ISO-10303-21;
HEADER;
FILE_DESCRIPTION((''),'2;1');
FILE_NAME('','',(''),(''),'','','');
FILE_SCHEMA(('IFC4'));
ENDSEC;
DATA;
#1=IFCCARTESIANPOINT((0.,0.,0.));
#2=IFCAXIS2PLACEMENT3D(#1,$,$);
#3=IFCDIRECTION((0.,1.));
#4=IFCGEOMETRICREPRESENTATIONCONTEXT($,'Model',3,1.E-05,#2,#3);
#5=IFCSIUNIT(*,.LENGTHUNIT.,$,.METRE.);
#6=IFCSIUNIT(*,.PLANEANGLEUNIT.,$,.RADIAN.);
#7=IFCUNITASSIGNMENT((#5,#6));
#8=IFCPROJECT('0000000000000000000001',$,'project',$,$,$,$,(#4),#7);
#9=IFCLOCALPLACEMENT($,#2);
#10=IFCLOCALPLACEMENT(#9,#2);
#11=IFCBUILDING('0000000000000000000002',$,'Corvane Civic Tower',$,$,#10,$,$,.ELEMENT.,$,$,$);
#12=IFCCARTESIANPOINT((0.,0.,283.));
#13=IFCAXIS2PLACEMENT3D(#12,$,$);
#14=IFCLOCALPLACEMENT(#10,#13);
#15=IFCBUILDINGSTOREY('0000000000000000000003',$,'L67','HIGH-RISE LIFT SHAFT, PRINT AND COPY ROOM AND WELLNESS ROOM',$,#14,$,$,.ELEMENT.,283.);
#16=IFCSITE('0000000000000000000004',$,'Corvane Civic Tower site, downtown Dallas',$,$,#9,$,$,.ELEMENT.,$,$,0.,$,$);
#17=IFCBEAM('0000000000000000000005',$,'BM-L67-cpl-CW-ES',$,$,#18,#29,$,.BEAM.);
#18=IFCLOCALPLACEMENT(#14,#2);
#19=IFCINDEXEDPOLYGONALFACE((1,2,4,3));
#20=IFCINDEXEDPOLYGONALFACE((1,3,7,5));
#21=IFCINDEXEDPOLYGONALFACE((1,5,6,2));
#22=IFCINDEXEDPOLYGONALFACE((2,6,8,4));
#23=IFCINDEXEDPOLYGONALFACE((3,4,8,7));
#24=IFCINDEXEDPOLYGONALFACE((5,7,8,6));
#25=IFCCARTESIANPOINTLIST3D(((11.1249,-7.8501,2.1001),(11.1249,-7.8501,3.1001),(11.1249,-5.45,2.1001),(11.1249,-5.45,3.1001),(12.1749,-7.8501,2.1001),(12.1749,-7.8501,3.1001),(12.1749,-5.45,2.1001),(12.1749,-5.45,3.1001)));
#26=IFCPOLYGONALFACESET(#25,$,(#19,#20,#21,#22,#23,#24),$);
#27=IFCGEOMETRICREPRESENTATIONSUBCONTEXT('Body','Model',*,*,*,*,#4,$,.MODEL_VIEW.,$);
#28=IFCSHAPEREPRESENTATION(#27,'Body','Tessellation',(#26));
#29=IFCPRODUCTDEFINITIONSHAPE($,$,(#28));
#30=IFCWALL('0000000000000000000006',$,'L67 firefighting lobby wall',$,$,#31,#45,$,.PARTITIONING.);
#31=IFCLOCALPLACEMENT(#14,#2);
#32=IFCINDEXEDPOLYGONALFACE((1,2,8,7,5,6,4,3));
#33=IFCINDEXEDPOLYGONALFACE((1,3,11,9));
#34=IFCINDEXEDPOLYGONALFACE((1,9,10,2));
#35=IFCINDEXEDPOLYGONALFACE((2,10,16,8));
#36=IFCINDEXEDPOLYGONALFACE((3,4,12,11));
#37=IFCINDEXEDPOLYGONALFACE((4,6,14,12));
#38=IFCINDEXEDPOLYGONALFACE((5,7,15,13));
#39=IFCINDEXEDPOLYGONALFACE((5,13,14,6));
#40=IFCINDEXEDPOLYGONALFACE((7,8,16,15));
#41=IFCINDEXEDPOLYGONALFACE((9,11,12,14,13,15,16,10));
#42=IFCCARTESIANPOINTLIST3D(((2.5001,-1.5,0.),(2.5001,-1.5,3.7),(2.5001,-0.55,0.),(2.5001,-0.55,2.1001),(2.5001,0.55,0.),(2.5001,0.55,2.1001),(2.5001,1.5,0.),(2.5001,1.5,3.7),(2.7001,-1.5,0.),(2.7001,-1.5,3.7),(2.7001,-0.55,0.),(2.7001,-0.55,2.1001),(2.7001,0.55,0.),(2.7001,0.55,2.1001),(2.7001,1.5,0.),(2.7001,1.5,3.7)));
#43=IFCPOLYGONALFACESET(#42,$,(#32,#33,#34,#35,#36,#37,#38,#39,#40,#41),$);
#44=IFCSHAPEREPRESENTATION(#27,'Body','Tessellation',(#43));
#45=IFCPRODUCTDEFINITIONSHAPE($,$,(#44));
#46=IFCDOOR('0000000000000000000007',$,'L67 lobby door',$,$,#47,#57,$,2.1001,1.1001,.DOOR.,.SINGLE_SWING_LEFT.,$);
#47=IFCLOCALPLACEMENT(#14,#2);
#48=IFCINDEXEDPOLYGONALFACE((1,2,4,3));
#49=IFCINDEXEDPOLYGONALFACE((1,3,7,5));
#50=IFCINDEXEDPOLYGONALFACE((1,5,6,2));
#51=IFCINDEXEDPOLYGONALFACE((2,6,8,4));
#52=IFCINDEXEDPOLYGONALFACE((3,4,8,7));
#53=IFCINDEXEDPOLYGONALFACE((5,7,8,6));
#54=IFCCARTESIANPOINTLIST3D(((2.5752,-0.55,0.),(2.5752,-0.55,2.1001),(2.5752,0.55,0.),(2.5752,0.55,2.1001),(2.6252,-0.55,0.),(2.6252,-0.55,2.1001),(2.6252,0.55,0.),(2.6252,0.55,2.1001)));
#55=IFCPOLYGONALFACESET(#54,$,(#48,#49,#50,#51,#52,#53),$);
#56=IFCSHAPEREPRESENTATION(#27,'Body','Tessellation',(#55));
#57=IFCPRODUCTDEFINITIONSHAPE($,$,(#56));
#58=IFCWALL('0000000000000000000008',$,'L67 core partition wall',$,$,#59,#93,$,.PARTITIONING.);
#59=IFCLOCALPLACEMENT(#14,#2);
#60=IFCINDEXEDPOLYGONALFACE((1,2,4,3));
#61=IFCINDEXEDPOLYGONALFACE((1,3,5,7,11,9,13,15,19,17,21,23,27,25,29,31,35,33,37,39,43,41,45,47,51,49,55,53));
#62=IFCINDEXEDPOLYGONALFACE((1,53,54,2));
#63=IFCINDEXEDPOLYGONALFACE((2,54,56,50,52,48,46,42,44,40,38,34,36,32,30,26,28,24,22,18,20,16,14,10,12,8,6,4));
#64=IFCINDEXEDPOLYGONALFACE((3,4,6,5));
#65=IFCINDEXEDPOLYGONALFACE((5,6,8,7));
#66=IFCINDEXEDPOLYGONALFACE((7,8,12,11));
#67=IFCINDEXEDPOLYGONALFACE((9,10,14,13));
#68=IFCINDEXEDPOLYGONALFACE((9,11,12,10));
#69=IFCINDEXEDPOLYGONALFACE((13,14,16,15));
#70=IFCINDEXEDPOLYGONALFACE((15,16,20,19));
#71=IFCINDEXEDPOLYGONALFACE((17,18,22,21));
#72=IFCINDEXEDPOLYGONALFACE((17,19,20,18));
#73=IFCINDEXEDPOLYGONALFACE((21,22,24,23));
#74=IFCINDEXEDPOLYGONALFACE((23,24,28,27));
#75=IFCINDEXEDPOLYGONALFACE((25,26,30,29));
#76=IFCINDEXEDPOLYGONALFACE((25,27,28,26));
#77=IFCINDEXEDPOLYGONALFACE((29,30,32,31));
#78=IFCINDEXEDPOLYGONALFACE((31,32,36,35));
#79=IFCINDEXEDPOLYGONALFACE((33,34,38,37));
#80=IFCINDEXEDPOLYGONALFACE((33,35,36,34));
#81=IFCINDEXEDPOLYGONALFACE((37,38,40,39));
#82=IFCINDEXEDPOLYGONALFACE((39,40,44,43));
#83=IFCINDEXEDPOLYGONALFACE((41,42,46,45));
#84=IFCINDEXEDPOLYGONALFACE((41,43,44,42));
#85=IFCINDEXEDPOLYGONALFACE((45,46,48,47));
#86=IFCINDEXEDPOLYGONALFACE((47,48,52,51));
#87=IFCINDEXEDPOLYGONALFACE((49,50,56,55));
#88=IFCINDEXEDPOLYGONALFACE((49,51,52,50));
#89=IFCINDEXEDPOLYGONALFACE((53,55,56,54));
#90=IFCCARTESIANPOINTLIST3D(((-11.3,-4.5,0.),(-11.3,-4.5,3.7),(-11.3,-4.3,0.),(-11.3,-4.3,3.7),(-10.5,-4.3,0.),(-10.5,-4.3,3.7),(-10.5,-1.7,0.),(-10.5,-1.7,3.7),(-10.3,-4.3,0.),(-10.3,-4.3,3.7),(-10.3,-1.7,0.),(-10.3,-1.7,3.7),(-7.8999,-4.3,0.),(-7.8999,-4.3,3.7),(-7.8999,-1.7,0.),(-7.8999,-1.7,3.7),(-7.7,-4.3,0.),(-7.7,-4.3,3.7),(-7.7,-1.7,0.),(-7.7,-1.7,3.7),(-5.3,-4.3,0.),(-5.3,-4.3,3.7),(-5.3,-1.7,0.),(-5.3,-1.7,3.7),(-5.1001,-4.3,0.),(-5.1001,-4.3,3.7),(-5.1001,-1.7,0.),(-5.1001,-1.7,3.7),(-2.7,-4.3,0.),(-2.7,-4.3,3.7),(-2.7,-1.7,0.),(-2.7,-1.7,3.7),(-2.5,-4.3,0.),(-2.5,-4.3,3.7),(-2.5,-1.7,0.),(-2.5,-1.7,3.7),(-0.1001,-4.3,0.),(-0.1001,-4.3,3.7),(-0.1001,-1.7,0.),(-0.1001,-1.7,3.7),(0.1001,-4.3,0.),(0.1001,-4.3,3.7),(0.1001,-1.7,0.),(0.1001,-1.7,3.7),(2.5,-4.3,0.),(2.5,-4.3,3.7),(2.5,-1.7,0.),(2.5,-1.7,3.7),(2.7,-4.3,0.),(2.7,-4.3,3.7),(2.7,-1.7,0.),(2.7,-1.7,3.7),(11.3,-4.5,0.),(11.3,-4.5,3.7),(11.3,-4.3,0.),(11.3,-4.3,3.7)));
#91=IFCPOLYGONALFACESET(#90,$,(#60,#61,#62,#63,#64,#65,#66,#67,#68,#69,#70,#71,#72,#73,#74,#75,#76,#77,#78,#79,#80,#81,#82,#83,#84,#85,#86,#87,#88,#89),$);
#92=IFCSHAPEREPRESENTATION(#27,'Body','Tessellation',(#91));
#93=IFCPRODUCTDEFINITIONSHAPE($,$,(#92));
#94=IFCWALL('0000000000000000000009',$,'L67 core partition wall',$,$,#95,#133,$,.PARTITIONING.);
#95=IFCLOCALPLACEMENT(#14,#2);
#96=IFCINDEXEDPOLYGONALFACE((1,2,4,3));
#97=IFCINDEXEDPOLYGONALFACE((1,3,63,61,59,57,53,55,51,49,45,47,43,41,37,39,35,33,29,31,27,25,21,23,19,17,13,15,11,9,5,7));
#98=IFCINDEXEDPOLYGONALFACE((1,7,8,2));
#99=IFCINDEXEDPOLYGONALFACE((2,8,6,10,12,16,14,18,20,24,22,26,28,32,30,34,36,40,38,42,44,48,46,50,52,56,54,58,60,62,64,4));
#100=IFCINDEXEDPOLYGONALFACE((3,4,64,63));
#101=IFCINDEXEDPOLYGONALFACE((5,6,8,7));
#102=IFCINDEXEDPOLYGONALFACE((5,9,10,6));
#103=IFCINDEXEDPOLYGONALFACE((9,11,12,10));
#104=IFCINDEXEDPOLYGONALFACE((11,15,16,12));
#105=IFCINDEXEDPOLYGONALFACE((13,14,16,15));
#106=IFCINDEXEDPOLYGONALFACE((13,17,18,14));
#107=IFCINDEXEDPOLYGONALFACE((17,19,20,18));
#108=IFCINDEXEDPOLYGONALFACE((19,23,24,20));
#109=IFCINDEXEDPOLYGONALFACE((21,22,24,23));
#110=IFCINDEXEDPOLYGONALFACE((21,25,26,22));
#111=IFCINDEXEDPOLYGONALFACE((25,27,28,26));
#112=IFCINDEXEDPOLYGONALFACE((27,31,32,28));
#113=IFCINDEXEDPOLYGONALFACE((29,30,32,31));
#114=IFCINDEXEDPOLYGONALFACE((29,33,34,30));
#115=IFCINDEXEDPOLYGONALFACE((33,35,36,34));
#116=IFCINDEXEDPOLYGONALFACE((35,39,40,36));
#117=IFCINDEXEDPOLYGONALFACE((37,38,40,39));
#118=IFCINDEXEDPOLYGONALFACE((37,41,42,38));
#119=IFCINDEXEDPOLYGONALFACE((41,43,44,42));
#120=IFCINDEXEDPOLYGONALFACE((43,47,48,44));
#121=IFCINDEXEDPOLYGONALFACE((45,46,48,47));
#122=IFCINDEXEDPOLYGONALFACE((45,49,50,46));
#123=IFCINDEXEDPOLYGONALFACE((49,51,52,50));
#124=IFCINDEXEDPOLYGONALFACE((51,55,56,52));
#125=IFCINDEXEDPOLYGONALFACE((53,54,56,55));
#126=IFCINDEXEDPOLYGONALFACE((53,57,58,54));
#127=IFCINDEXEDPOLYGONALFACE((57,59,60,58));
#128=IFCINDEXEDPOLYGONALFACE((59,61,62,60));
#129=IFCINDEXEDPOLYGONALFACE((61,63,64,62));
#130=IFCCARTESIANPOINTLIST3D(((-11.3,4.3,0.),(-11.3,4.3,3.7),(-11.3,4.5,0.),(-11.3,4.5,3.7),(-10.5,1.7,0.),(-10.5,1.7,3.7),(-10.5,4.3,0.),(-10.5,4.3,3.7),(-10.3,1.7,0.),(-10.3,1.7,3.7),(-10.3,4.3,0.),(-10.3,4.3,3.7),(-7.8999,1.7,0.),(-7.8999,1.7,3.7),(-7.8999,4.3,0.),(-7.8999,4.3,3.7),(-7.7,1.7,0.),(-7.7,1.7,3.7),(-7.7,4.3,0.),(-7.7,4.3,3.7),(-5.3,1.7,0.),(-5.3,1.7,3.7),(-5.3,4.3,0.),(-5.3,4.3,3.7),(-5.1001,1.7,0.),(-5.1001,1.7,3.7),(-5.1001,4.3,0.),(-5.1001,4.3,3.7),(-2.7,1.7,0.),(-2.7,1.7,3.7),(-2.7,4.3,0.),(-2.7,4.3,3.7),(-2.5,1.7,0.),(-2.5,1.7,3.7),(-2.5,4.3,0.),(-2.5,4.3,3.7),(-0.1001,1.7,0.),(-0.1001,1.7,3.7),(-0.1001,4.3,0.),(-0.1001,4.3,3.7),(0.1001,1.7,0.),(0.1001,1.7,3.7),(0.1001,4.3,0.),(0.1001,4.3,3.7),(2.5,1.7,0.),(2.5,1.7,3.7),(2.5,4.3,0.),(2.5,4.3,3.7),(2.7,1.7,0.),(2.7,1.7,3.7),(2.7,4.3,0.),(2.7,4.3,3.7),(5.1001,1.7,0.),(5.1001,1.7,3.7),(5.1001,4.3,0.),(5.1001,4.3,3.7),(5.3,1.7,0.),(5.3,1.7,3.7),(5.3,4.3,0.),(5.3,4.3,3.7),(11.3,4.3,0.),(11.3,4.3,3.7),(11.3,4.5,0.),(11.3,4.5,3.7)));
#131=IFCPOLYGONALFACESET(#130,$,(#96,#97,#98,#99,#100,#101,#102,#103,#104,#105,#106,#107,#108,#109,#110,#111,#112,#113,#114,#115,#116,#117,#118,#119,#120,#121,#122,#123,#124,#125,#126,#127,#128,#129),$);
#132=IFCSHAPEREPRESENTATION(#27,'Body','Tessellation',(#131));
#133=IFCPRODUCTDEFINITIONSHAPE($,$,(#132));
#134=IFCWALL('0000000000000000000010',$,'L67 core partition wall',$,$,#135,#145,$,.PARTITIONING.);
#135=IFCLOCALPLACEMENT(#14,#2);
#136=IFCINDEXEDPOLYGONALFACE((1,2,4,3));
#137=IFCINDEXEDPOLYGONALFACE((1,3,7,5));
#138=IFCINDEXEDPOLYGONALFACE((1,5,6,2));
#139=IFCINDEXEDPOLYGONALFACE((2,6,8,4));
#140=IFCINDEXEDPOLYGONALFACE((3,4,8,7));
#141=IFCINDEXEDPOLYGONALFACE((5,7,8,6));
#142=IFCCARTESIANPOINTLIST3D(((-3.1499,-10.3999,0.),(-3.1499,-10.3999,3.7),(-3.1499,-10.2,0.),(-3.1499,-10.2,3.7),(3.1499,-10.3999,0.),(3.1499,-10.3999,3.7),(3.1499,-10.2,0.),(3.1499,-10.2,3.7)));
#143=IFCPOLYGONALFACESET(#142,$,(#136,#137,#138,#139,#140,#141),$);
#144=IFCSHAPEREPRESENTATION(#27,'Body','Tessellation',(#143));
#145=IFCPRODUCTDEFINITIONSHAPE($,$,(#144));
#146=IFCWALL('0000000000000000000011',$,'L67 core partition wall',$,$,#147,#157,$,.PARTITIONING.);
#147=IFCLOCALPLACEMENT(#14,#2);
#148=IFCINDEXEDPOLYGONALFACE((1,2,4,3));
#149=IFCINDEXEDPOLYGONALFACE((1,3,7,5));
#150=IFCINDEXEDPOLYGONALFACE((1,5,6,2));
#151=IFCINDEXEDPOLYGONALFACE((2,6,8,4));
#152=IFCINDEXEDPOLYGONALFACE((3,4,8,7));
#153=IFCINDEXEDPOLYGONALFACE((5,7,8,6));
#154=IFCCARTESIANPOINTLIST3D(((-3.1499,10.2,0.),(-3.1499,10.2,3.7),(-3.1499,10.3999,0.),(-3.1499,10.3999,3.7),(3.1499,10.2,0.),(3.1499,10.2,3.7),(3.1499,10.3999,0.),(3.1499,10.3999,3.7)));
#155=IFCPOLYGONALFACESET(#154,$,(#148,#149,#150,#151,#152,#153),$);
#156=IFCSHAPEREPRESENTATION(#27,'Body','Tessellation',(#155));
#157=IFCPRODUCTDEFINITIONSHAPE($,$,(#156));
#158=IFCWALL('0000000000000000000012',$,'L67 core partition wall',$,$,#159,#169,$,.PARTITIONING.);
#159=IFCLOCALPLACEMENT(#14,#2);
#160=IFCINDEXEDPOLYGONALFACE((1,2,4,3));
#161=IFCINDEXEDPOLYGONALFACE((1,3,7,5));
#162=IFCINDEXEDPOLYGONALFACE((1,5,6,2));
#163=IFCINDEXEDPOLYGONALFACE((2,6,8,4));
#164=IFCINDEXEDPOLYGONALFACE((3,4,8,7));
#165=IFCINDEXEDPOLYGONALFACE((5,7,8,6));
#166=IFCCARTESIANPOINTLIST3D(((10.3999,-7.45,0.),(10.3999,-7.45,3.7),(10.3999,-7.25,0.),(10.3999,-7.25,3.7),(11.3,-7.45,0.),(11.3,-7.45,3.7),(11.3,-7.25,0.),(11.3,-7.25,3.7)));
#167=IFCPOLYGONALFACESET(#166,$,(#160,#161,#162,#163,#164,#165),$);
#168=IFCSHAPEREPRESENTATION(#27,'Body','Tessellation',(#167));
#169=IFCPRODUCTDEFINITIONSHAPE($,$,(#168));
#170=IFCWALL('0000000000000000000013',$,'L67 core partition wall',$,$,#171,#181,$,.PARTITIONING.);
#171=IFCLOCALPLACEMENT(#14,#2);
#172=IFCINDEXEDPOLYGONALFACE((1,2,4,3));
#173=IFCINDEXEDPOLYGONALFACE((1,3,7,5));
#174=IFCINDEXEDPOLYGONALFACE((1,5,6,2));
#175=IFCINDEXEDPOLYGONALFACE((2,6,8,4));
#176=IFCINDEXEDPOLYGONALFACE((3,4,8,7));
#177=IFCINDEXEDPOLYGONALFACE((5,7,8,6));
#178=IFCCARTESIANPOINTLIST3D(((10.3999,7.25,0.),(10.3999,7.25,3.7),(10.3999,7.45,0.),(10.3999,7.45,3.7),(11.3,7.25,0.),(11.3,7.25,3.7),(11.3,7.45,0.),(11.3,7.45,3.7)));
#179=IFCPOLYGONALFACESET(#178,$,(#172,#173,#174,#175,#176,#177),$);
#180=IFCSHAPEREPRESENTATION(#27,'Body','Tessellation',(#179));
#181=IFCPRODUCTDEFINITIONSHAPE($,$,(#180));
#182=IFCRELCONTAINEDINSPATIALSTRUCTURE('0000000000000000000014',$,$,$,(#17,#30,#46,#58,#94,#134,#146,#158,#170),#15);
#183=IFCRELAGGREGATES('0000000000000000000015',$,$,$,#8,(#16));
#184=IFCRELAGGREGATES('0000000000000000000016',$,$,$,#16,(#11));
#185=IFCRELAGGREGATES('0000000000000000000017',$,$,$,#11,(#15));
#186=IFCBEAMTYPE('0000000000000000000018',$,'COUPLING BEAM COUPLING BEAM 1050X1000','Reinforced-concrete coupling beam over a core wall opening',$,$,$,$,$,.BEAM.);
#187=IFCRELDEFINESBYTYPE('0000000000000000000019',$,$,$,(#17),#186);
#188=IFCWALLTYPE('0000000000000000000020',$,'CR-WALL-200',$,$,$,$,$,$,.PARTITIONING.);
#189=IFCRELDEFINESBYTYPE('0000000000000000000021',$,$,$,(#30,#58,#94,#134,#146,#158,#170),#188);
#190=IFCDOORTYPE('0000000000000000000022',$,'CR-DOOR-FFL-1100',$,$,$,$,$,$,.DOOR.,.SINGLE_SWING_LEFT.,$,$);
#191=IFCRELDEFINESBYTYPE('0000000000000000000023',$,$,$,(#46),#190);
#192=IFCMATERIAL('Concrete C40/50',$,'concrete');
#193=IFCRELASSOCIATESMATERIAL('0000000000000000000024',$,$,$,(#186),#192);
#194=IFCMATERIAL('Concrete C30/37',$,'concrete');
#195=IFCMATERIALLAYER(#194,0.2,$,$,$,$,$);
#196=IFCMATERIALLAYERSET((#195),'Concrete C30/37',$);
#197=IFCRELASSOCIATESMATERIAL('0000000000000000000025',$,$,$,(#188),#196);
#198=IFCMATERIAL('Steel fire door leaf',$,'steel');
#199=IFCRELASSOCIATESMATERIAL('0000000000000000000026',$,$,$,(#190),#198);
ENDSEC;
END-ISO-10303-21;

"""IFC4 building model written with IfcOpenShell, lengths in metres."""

from ifc_helpers import new_model, si_unit, direction, frame, frame_2d, origin, origin_2d, place, context, subcontext, project, spatial, polyline, rectangle, outline, extrude, material, layer, layer_set, material_profile, profile_set, type_object, element, fill, save


model = new_model("IFC4")

# Units and contexts
model_context = context("Model", 3, precision=1e-05, world=origin(), true_north=direction((0.0, 1.0)))
body_context = subcontext(model_context, "Body", "Model", "MODEL_VIEW")
ifc_project = project(units=[si_unit("LENGTHUNIT", "METRE"), si_unit("PLANEANGLEUNIT", "RADIAN")], contexts=[model_context])

# Site, building, storey
site_placement = place(None, origin())
site = spatial("IfcSite", under=ifc_project, at=site_placement, Name="Corvane Civic Tower site, downtown Dallas", CompositionType="ELEMENT", RefElevation=0.0)
building_placement = place(site_placement, origin())
building = spatial("IfcBuilding", under=site, at=building_placement, Name="Corvane Civic Tower", CompositionType="ELEMENT")
storey_placement = place(building_placement, frame((0.0, 0.0, 283.0)))
storey = spatial("IfcBuildingStorey", under=building, at=storey_placement, Name="L67", Description="HIGH-RISE LIFT SHAFT, PRINT AND COPY ROOM AND WELLNESS ROOM", CompositionType="ELEMENT", Elevation=283.0)

# Beam
ifc_material_1 = material(Name="Concrete C40/50", Category="concrete")
ifc_material_profile = material_profile(ifc_material_1, rectangle(XDim=1.05, YDim=1.0, at=origin_2d()), Name="COUPLING BEAM 1050X1000")
ifc_profile_set = profile_set([ifc_material_profile], Name="Concrete C40/50")
beam_type = type_object("IfcBeamType", Name="COUPLING BEAM COUPLING BEAM 1050X1000", Description="Reinforced-concrete coupling beam over a core wall opening", PredefinedType="BEAM", material=ifc_profile_set)
beam_placement = place(storey_placement, frame((11.6499, -7.8501, 2.6001), z_axis=(0.0, 1.0, 0.0), x_axis=(-1.0, 0.0, 0.0)))
element("IfcBeam", 1, at=beam_placement, inside=storey, type_object=beam_type, Name="BM-L67-cpl-CW-ES", PredefinedType="BEAM", context=body_context, shape_type="SweptSolid", body=[
    extrude(rectangle(XDim=1.05, YDim=1.0, at=origin_2d()), origin(), (0.0, 0.0, 1.0), 2.4001),
])

# Wall, opening, door
ifc_material_2 = material(Name="Concrete C30/37", Category="concrete")
ifc_layer_1 = layer(ifc_material_2, 0.2)
ifc_layer_set_1 = layer_set([ifc_layer_1], Name="Concrete C30/37")
wall_type_1 = type_object("IfcWallType", Name="CR-WALL-200", PredefinedType="PARTITIONING", material=ifc_layer_set_1)
wall_1_placement = place(storey_placement, frame((2.6001, -1.5, 0.0), z_axis=(0.0, 0.0, 1.0), x_axis=(0.0, 1.0, 0.0)))
wall_1 = element("IfcWall", 2, at=wall_1_placement, inside=storey, type_object=wall_type_1, Name="L67 firefighting lobby wall", PredefinedType="PARTITIONING", context=body_context, shape_type="SweptSolid", body=[
    extrude(rectangle(XDim=3.0, YDim=0.2, at=frame_2d((1.5, 0.0))), origin(), (0.0, 0.0, 1.0), 3.7),
])
opening_1_placement = place(wall_1_placement, frame((0.95, 0.0, 0.0)))
opening_1 = element("IfcOpeningElement", 3, at=opening_1_placement, cuts=wall_1, PredefinedType="OPENING", context=body_context, shape_type="SweptSolid", body=[
    extrude(rectangle(XDim=1.1001, YDim=2.1001, at=frame_2d((0.55, 1.05))), frame((0.0, 0.1099, 0.0), z_axis=(0.0, -1.0, 0.0), x_axis=(1.0, 0.0, 0.0)), (0.0, 0.0, 1.0), 0.22),
])
ifc_material_3 = material(Name="Steel fire door leaf", Category="steel")
door_type_1 = type_object("IfcDoorType", Name="CR-DOOR-FFL-1100", OperationType="SINGLE_SWING_LEFT", PredefinedType="DOOR", material=ifc_material_3)
door_1_placement = place(opening_1_placement, origin())
door_1 = element("IfcDoor", 4, at=door_1_placement, inside=storey, type_object=door_type_1, Name="L67 lobby door", OperationType="SINGLE_SWING_LEFT", OverallHeight=2.1001, OverallWidth=1.1001, PredefinedType="DOOR", context=body_context, shape_type="SweptSolid", body=[
    extrude(rectangle(XDim=1.1001, YDim=2.1001, at=frame_2d((0.55, 1.05))), frame((0.0, 0.0249, 0.0), z_axis=(0.0, -1.0, 0.0), x_axis=(1.0, 0.0, 0.0)), (0.0, 0.0, 1.0), 0.05),
])
fill(opening_1, door_1)

# Walls
wall_2_placement = place(storey_placement, origin())
element("IfcWall", 5, at=wall_2_placement, inside=storey, type_object=wall_type_1, Name="L67 core partition wall", PredefinedType="PARTITIONING", context=body_context, shape_type="SweptSolid", body=[
    extrude(outline(polyline([(-10.3, -1.7), (-10.3, -4.3), (-7.8999, -4.3), (-7.8999, -1.7), (-7.7, -1.7), (-7.7, -4.3), (-5.3, -4.3), (-5.3, -1.7), (-5.1001, -1.7), (-5.1001, -4.3), (-2.7, -4.3), (-2.7, -1.7), (-2.5, -1.7), (-2.5, -4.3), (-0.1001, -4.3), (-0.1001, -1.7), (0.1001, -1.7), (0.1001, -4.3), (2.5, -4.3), (2.5, -1.7), (2.7, -1.7), (2.7, -4.3), (11.3, -4.3), (11.3, -4.5), (-11.3, -4.5), (-11.3, -4.3), (-10.5, -4.3), (-10.5, -1.7), (-10.3, -1.7)])), origin(), (0.0, 0.0, 1.0), 3.7),
])
wall_3_placement = place(storey_placement, origin())
element("IfcWall", 6, at=wall_3_placement, inside=storey, type_object=wall_type_1, Name="L67 core partition wall", PredefinedType="PARTITIONING", context=body_context, shape_type="SweptSolid", body=[
    extrude(outline(polyline([(-10.3, 1.7), (-10.5, 1.7), (-10.5, 4.3), (-11.3, 4.3), (-11.3, 4.5), (11.3, 4.5), (11.3, 4.3), (5.3, 4.3), (5.3, 1.7), (5.1001, 1.7), (5.1001, 4.3), (2.7, 4.3), (2.7, 1.7), (2.5, 1.7), (2.5, 4.3), (0.1001, 4.3), (0.1001, 1.7), (-0.1001, 1.7), (-0.1001, 4.3), (-2.5, 4.3), (-2.5, 1.7), (-2.7, 1.7), (-2.7, 4.3), (-5.1001, 4.3), (-5.1001, 1.7), (-5.3, 1.7), (-5.3, 4.3), (-7.7, 4.3), (-7.7, 1.7), (-7.8999, 1.7), (-7.8999, 4.3), (-10.3, 4.3), (-10.3, 1.7)])), origin(), (0.0, 0.0, 1.0), 3.7),
])
wall_4_placement = place(storey_placement, origin())
element("IfcWall", 7, at=wall_4_placement, inside=storey, type_object=wall_type_1, Name="L67 core partition wall", PredefinedType="PARTITIONING", context=body_context, shape_type="SweptSolid", body=[
    extrude(outline(polyline([(3.1499, -10.2), (3.1499, -10.3999), (-3.1499, -10.3999), (-3.1499, -10.2), (3.1499, -10.2)])), origin(), (0.0, 0.0, 1.0), 3.7),
])
wall_5_placement = place(storey_placement, origin())
element("IfcWall", 8, at=wall_5_placement, inside=storey, type_object=wall_type_1, Name="L67 core partition wall", PredefinedType="PARTITIONING", context=body_context, shape_type="SweptSolid", body=[
    extrude(outline(polyline([(3.1499, 10.2), (-3.1499, 10.2), (-3.1499, 10.3999), (3.1499, 10.3999), (3.1499, 10.2)])), origin(), (0.0, 0.0, 1.0), 3.7),
])
wall_6_placement = place(storey_placement, origin())
element("IfcWall", 9, at=wall_6_placement, inside=storey, type_object=wall_type_1, Name="L67 core partition wall", PredefinedType="PARTITIONING", context=body_context, shape_type="SweptSolid", body=[
    extrude(outline(polyline([(11.3, -7.45), (10.3999, -7.45), (10.3999, -7.25), (11.3, -7.25), (11.3, -7.45)])), origin(), (0.0, 0.0, 1.0), 3.7),
])
wall_7_placement = place(storey_placement, origin())
element("IfcWall", 10, at=wall_7_placement, inside=storey, type_object=wall_type_1, Name="L67 core partition wall", PredefinedType="PARTITIONING", context=body_context, shape_type="SweptSolid", body=[
    extrude(outline(polyline([(11.3, 7.25), (10.3999, 7.25), (10.3999, 7.45), (11.3, 7.45), (11.3, 7.25)])), origin(), (0.0, 0.0, 1.0), 3.7),
])

save(model, "model.ifc")
